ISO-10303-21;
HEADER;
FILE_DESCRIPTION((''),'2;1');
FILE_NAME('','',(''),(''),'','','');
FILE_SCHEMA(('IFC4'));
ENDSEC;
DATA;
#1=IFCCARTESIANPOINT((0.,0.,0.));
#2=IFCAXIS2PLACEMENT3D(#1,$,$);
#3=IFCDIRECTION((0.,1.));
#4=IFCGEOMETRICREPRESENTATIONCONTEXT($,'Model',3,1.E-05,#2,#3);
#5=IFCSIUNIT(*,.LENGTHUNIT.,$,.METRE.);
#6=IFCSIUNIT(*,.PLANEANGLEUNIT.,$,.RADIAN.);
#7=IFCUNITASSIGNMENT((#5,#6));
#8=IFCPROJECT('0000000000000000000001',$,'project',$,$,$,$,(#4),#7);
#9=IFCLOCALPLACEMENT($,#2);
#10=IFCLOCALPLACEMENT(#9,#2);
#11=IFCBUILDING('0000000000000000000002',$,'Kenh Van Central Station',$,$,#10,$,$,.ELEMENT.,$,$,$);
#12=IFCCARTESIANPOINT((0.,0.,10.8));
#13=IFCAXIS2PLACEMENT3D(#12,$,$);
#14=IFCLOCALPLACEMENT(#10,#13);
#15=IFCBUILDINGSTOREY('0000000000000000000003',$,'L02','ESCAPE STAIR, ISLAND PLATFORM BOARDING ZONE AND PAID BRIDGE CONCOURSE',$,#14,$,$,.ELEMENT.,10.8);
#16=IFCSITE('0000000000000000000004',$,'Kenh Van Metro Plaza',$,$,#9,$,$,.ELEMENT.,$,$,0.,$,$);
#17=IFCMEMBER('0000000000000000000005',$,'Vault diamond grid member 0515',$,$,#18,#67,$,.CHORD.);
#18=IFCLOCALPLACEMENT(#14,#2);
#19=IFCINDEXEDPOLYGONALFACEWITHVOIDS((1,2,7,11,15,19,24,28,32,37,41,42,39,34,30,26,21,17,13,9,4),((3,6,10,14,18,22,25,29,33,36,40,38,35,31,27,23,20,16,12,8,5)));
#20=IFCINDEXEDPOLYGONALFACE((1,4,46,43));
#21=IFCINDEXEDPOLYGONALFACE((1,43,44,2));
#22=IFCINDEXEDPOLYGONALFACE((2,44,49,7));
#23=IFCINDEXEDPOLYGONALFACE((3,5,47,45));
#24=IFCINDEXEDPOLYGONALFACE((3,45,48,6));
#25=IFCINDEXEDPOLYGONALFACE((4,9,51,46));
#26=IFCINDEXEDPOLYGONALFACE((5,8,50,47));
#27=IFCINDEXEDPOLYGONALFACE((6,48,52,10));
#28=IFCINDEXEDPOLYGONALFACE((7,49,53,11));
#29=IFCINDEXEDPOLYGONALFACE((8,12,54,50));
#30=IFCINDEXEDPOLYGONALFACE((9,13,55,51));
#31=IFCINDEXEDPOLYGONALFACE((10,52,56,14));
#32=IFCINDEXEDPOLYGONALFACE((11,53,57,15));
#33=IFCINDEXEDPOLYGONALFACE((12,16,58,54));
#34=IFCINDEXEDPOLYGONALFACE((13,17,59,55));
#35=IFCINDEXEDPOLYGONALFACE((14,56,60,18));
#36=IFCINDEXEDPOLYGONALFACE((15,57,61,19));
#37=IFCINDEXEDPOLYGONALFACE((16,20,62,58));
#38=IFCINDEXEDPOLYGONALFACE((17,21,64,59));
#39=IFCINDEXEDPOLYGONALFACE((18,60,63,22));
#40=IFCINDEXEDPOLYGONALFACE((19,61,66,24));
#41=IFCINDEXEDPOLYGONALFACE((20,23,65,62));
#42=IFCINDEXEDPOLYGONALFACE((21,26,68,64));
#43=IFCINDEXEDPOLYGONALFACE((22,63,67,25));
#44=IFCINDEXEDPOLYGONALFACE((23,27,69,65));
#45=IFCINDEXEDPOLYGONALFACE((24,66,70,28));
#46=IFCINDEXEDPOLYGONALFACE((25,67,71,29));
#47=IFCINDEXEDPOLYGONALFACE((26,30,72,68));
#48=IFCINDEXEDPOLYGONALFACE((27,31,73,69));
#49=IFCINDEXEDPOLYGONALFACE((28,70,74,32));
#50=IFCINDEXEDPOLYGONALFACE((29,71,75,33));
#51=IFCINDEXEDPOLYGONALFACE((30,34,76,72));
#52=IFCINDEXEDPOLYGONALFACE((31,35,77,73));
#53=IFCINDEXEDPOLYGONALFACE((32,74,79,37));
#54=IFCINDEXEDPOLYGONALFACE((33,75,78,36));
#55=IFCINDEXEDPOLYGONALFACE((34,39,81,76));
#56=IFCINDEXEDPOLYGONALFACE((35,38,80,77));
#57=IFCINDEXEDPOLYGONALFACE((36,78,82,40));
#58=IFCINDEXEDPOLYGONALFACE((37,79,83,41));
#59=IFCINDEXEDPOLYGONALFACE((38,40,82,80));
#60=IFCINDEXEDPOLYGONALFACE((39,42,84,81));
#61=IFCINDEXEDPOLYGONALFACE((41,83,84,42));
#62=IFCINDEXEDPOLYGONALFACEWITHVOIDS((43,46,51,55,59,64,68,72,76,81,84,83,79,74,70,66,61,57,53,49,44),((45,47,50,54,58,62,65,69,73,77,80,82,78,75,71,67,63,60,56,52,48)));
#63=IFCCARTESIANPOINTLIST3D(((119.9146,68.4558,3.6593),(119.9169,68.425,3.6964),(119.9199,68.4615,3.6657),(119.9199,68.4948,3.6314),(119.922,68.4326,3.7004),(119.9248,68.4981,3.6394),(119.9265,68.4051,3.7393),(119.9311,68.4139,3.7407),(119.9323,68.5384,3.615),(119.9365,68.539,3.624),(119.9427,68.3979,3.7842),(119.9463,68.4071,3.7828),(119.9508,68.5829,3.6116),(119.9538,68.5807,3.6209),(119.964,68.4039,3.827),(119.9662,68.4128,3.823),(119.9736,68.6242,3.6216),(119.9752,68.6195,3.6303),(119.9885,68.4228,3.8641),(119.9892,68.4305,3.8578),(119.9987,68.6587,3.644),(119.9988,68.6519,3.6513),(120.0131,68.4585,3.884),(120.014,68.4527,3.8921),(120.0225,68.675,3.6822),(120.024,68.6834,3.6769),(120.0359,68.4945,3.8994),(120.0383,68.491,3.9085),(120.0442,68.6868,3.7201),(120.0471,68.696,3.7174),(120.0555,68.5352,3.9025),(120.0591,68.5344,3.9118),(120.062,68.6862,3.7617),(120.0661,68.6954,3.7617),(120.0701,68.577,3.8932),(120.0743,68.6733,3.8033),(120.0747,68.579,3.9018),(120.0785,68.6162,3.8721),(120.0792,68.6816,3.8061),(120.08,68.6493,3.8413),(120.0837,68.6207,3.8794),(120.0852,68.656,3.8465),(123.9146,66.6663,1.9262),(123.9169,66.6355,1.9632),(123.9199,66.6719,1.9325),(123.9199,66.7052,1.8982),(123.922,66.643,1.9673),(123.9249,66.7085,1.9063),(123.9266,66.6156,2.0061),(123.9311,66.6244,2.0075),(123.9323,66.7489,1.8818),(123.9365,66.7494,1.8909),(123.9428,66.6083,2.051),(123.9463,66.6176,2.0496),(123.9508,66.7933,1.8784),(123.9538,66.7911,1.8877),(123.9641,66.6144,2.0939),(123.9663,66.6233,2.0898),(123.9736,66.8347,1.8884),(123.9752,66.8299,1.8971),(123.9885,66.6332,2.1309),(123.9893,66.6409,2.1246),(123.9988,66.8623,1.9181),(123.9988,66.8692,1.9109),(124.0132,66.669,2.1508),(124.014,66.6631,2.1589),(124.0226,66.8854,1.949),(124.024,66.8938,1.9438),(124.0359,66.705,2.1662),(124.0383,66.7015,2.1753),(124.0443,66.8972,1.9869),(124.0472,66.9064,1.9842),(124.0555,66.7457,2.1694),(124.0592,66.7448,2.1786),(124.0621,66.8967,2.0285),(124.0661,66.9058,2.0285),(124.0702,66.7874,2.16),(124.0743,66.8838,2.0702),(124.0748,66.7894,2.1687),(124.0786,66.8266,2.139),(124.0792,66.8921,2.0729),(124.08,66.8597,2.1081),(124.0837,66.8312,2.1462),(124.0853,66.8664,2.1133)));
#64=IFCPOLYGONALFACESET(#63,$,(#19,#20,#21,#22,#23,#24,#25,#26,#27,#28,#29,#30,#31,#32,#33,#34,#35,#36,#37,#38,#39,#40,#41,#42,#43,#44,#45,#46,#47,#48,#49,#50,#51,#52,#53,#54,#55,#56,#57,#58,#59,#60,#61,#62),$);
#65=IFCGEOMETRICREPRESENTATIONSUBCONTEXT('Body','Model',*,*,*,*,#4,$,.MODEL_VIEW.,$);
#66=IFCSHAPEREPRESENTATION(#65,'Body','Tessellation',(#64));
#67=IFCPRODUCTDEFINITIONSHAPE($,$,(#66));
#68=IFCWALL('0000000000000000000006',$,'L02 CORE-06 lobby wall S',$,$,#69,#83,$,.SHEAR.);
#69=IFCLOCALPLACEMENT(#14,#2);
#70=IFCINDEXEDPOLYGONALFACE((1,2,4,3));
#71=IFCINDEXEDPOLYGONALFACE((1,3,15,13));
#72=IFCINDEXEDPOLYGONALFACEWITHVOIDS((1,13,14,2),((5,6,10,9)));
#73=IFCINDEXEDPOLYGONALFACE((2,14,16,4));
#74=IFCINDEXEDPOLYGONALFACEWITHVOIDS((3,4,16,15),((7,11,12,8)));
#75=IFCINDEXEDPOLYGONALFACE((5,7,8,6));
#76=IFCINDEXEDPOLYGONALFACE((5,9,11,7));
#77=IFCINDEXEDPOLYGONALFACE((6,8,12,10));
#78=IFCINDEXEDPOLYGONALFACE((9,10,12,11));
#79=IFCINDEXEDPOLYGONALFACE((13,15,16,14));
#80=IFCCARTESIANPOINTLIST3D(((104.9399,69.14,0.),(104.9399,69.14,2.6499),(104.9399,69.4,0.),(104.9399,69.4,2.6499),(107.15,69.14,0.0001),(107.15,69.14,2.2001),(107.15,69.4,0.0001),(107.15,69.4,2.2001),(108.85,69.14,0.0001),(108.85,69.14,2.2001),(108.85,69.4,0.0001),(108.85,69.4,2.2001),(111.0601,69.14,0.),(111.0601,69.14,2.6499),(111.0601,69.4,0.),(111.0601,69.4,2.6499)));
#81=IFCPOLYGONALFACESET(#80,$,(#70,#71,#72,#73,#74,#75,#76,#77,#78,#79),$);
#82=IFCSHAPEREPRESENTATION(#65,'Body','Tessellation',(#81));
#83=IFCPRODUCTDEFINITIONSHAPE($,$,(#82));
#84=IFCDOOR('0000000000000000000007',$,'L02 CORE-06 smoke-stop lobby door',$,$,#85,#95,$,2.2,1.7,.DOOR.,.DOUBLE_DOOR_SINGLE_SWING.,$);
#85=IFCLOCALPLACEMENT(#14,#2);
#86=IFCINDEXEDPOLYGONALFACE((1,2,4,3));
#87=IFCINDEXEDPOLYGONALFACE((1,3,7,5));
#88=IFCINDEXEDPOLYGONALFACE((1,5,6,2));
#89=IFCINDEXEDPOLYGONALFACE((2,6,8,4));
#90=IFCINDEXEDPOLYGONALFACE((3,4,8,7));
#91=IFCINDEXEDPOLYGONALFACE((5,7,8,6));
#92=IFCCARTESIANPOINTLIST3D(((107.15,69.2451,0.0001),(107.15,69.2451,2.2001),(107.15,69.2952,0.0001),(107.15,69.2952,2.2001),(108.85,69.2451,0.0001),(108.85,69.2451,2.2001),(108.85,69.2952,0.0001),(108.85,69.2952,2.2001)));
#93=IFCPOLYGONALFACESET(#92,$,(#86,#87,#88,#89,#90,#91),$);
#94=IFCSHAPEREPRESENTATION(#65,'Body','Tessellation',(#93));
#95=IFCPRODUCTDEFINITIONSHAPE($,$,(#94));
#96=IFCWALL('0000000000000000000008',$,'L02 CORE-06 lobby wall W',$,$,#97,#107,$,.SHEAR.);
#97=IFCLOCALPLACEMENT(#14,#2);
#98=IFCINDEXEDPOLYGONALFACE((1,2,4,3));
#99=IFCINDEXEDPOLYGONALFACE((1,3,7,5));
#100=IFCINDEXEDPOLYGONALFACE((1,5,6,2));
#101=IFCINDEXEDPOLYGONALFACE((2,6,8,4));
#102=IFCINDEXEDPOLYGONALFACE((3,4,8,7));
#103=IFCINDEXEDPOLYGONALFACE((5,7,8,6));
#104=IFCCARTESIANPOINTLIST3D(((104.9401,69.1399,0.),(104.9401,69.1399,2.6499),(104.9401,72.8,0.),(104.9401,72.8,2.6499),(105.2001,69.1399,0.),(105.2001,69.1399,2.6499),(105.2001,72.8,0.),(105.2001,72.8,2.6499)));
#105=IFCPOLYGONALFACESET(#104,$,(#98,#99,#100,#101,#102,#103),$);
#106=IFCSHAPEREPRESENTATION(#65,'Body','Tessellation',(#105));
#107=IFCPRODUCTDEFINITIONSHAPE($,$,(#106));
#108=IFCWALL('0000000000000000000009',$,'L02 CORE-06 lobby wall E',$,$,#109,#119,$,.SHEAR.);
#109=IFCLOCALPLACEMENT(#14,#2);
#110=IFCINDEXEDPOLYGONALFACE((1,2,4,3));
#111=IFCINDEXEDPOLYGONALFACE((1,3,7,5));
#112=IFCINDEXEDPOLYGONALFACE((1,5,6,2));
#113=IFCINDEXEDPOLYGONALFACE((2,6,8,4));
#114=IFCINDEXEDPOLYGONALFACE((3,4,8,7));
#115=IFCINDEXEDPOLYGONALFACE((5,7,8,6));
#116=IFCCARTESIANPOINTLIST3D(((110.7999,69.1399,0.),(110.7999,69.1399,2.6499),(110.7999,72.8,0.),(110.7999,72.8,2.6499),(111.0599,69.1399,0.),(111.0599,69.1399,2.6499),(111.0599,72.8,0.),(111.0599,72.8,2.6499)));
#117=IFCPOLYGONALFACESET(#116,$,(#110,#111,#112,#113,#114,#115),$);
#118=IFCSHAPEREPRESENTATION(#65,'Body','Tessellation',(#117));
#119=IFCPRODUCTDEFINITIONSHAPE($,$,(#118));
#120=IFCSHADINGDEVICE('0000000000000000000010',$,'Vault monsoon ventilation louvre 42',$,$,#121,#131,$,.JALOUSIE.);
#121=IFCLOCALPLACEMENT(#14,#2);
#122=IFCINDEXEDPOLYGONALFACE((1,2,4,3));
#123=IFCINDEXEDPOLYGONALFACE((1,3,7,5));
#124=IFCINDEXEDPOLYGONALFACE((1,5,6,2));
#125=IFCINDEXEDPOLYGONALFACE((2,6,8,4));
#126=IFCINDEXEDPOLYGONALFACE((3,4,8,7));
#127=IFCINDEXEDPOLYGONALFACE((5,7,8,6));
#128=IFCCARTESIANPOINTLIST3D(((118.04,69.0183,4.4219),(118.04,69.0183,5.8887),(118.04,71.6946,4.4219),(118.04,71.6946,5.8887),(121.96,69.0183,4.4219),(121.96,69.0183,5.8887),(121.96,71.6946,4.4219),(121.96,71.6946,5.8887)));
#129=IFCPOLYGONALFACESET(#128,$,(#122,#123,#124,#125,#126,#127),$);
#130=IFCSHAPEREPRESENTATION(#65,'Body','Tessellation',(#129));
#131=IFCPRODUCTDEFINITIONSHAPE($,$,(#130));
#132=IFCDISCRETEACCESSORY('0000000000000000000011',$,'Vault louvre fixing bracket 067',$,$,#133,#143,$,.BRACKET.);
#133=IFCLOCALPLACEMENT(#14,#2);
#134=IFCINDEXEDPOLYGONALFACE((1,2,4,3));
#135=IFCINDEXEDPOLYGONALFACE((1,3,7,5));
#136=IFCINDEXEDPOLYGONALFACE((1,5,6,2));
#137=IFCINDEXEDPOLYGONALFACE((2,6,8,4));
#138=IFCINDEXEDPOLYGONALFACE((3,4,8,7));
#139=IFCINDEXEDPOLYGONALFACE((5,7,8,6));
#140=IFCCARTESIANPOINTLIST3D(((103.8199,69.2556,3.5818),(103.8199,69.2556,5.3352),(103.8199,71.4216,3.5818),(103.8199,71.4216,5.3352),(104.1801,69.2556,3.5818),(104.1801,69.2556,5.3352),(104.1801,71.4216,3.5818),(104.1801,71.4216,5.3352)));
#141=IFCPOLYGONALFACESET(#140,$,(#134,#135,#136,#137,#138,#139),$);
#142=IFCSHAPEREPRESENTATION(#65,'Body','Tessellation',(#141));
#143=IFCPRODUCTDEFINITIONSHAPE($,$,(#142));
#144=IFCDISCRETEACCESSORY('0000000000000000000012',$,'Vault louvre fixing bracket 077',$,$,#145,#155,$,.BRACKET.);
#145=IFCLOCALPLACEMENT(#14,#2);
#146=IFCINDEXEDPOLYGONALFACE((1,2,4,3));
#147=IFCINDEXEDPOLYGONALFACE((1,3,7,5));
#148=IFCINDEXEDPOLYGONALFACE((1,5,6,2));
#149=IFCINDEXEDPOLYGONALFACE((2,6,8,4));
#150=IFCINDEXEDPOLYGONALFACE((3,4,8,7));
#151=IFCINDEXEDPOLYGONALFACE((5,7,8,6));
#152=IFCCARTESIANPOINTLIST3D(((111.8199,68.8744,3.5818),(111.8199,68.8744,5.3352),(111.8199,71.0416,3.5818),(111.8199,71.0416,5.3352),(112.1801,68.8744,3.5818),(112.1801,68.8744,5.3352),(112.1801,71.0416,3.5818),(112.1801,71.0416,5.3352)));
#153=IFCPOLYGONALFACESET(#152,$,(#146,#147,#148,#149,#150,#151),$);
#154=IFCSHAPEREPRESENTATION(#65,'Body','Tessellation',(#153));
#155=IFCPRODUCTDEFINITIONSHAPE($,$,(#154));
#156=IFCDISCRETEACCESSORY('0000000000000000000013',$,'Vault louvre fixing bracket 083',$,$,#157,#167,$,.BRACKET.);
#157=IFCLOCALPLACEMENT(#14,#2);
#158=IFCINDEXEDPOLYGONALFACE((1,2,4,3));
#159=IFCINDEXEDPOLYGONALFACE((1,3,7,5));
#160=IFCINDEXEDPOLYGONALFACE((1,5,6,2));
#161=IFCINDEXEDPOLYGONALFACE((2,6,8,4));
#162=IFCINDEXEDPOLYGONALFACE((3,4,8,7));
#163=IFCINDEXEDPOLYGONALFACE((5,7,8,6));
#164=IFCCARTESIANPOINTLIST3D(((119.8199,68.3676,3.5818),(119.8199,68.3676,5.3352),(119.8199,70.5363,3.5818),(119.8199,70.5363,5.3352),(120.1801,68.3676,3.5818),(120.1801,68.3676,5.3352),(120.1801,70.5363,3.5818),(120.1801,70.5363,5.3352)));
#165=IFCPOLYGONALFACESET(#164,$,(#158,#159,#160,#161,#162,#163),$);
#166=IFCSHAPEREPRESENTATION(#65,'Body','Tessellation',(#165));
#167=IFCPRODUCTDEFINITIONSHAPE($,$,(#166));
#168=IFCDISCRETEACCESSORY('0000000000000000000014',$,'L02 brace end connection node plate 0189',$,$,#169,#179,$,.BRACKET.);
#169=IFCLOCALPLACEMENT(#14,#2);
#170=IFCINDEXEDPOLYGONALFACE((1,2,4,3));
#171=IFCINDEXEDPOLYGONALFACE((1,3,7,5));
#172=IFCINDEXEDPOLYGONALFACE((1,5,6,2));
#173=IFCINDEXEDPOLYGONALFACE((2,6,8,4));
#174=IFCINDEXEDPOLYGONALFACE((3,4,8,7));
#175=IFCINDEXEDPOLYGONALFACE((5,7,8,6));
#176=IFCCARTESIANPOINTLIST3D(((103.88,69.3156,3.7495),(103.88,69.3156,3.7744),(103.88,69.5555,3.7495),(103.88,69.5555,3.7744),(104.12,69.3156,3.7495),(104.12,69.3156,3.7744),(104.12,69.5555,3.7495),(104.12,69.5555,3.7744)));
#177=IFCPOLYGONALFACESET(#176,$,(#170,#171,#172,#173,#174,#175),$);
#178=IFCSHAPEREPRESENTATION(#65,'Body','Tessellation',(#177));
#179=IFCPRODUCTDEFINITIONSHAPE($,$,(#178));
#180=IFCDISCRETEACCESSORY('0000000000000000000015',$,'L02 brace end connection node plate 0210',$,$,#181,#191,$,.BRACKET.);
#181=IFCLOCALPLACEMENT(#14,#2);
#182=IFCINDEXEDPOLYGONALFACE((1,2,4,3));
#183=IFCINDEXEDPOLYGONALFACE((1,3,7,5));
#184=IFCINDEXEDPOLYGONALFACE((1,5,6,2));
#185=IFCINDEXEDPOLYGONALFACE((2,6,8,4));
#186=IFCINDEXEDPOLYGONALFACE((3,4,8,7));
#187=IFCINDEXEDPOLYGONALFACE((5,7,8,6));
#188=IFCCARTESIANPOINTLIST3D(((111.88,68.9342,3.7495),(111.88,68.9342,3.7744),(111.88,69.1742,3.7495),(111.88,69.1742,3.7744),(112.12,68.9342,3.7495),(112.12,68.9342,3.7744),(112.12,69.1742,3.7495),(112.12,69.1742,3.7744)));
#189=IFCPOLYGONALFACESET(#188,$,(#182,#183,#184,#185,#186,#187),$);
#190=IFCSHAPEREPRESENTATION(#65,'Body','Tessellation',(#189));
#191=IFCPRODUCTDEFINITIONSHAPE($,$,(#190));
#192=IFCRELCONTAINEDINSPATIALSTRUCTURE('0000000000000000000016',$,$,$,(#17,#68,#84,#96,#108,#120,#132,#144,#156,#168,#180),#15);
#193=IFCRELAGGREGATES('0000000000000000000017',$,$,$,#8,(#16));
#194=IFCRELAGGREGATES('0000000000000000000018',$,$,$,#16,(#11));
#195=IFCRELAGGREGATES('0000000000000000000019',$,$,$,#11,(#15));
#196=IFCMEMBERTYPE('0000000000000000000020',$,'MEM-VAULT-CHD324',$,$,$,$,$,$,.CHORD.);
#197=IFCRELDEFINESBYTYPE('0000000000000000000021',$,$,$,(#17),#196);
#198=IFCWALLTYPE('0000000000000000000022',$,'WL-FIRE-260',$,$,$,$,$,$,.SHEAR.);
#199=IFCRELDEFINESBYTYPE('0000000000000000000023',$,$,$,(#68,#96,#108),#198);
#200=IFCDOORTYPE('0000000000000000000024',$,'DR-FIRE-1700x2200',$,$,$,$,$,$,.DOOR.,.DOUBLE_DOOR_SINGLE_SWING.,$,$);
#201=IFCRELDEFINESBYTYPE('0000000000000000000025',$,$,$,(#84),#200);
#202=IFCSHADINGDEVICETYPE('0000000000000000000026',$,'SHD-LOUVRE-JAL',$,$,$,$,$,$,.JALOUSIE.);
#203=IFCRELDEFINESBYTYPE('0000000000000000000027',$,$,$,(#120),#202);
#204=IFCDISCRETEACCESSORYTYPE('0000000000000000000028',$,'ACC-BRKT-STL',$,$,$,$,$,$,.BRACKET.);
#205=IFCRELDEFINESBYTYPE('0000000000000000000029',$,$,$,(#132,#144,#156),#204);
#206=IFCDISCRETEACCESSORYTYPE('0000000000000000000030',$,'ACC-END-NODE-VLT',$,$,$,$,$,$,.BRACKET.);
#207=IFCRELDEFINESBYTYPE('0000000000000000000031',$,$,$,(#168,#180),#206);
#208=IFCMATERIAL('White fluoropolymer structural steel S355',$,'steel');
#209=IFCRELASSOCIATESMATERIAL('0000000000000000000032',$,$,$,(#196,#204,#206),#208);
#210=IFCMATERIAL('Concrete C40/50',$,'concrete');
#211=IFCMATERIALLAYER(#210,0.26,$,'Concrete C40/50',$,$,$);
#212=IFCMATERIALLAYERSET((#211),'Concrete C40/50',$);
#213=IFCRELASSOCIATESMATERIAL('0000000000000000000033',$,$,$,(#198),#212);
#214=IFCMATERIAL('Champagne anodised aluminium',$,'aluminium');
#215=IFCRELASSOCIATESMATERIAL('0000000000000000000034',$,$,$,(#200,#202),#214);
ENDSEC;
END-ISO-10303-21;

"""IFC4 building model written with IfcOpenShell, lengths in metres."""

from ifc_helpers import new_model, si_unit, direction, frame, frame_2d, origin, origin_2d, place, context, subcontext, project, spatial, rectangle, hollow_circle, extrude, material, layer, layer_set, material_profile, profile_set, type_object, element, fill, save


model = new_model("IFC4")

# Units and contexts
model_context = context("Model", 3, precision=1e-05, world=origin(), true_north=direction((0.0, 1.0)))
body_context = subcontext(model_context, "Body", "Model", "MODEL_VIEW")
ifc_project = project(units=[si_unit("LENGTHUNIT", "METRE"), si_unit("PLANEANGLEUNIT", "RADIAN")], contexts=[model_context])

# Site, building, storey
site_placement = place(None, origin())
site = spatial("IfcSite", under=ifc_project, at=site_placement, Name="Kenh Van Metro Plaza", CompositionType="ELEMENT", RefElevation=0.0)
building_placement = place(site_placement, origin())
building = spatial("IfcBuilding", under=site, at=building_placement, Name="Kenh Van Central Station", CompositionType="ELEMENT")
storey_placement = place(building_placement, frame((0.0, 0.0, 10.8)))
storey = spatial("IfcBuildingStorey", under=building, at=storey_placement, Name="L02", Description="ESCAPE STAIR, ISLAND PLATFORM BOARDING ZONE AND PAID BRIDGE CONCOURSE", CompositionType="ELEMENT", Elevation=10.8)

# Shared definitions
ifc_material_1 = material(Name="White fluoropolymer structural steel S355", Category="steel")

# Member
ifc_material_profile_1 = material_profile(ifc_material_1, hollow_circle(Radius=0.1619, WallThickness=0.01, at=origin_2d()), Name="CHS 323.9x10")
ifc_profile_set_1 = profile_set([ifc_material_profile_1], Name="White fluoropolymer structural steel S355")
member_type_1 = type_object("IfcMemberType", Name="MEM-VAULT-CHD324", PredefinedType="CHORD", material=ifc_profile_set_1)
member_1_placement = place(storey_placement, frame((120.0, 68.5476, 3.7617), z_axis=(0.848832, -0.379757, -0.367789), x_axis=(0.408381, 0.912812, 0.0)))
element("IfcMember", 1, at=member_1_placement, inside=storey, type_object=member_type_1, Name="Vault diamond grid member 0515", PredefinedType="CHORD", context=body_context, shape_type="SweptSolid", body=[
    extrude(hollow_circle(Radius=0.1619, WallThickness=0.01, at=origin_2d()), origin(), (0.0, 0.0, 1.0), 4.7124),
])

# Wall, opening, door
ifc_material_2 = material(Name="Concrete C40/50", Category="concrete")
ifc_layer_1 = layer(ifc_material_2, 0.26, Name="Concrete C40/50")
ifc_layer_set_1 = layer_set([ifc_layer_1], Name="Concrete C40/50")
wall_type = type_object("IfcWallType", Name="WL-FIRE-260", PredefinedType="SHEAR", material=ifc_layer_set_1)
wall_placement = place(storey_placement, frame((111.0601, 69.27, 0.0), z_axis=(0.0, 0.0, 1.0), x_axis=(-1.0, 0.0, 0.0)))
wall = element("IfcWall", 2, at=wall_placement, inside=storey, type_object=wall_type, Name="L02 CORE-06 lobby wall S", PredefinedType="SHEAR", context=body_context, shape_type="SweptSolid", body=[
    extrude(rectangle(XDim=6.1201, YDim=0.26, at=frame_2d((3.0601, 0.0))), origin(), (0.0, 0.0, 1.0), 2.6499),
])
opening_placement = place(wall_placement, frame((2.21, 0.0, 0.0)))
opening = element("IfcOpeningElement", 3, at=opening_placement, cuts=wall, PredefinedType="OPENING", context=body_context, shape_type="SweptSolid", body=[
    extrude(rectangle(XDim=1.7, YDim=2.2, at=frame_2d((0.8501, 1.1001))), frame((0.0, 0.1399, 0.0), z_axis=(0.0, -1.0, 0.0), x_axis=(1.0, 0.0, 0.0)), (0.0, 0.0, 1.0), 0.28),
])
ifc_material_3 = material(Name="Champagne anodised aluminium", Category="aluminium")
door_type = type_object("IfcDoorType", Name="DR-FIRE-1700x2200", OperationType="DOUBLE_DOOR_SINGLE_SWING", PredefinedType="DOOR", material=ifc_material_3)
door_placement = place(opening_placement, origin())
door = element("IfcDoor", 4, at=door_placement, inside=storey, type_object=door_type, Name="L02 CORE-06 smoke-stop lobby door", OperationType="DOUBLE_DOOR_SINGLE_SWING", OverallHeight=2.2, OverallWidth=1.7, PredefinedType="DOOR", context=body_context, shape_type="SweptSolid", body=[
    extrude(rectangle(XDim=1.7, YDim=2.2, at=frame_2d((0.8501, 1.1001))), frame((0.0, 0.0249, 0.0), z_axis=(0.0, -1.0, 0.0), x_axis=(1.0, 0.0, 0.0)), (0.0, 0.0, 1.0), 0.05),
])
fill(opening, door)

# Walls
for number, where, z_axis, x_axis, name in (
    (5, (105.0701, 69.1399, 0.0), (0.0, 0.0, 1.0), (0.0, 1.0, 0.0), "L02 CORE-06 lobby wall W"),
    (6, (110.9299, 69.1399, 0.0), (0.0, 0.0, 1.0), (0.0, 1.0, 0.0), "L02 CORE-06 lobby wall E"),
):
    element("IfcWall", number, at=place(storey_placement, frame(where, z_axis=z_axis, x_axis=x_axis)), inside=storey, type_object=wall_type, Name=name, PredefinedType="SHEAR", context=body_context, shape_type="SweptSolid", body=[
        extrude(rectangle(XDim=3.6602, YDim=0.26, at=frame_2d((1.8301, 0.0))), origin(), (0.0, 0.0, 1.0), 2.6499),
    ])

# Shading device
shading_device_type = type_object("IfcShadingDeviceType", Name="SHD-LOUVRE-JAL", PredefinedType="JALOUSIE", material=ifc_material_3)
shading_device_placement = place(storey_placement, frame((120.0, 70.3564, 4.4219), z_axis=(0.0, 0.0, 1.0), x_axis=(1.0, 0.0, 0.0)))
element("IfcShadingDevice", 7, at=shading_device_placement, inside=storey, type_object=shading_device_type, Name="Vault monsoon ventilation louvre 42", PredefinedType="JALOUSIE", context=body_context, shape_type="SweptSolid", body=[
    extrude(rectangle(XDim=3.9199, YDim=2.6763, at=origin_2d()), origin(), (0.0, 0.0, 1.0), 1.4668),
])

# Discrete accessories
discrete_accessory_type_1 = type_object("IfcDiscreteAccessoryType", Name="ACC-BRKT-STL", PredefinedType="BRACKET", material=ifc_material_1)
discrete_accessory_1_placement = place(storey_placement, frame((104.0, 70.3386, 3.5818), z_axis=(0.0, 0.0, 1.0), x_axis=(1.0, 0.0, 0.0)))
element("IfcDiscreteAccessory", 8, at=discrete_accessory_1_placement, inside=storey, type_object=discrete_accessory_type_1, Name="Vault louvre fixing bracket 067", PredefinedType="BRACKET", context=body_context, shape_type="SweptSolid", body=[
    extrude(rectangle(XDim=0.3601, YDim=2.166, at=origin_2d()), origin(), (0.0, 0.0, 1.0), 1.7534),
])
discrete_accessory_2_placement = place(storey_placement, frame((112.0, 69.958, 3.5818), z_axis=(0.0, 0.0, 1.0), x_axis=(1.0, 0.0, 0.0)))
element("IfcDiscreteAccessory", 9, at=discrete_accessory_2_placement, inside=storey, type_object=discrete_accessory_type_1, Name="Vault louvre fixing bracket 077", PredefinedType="BRACKET", context=body_context, shape_type="SweptSolid", body=[
    extrude(rectangle(XDim=0.3601, YDim=2.1672, at=origin_2d()), origin(), (0.0, 0.0, 1.0), 1.7534),
])
discrete_accessory_3_placement = place(storey_placement, frame((120.0, 69.4519, 3.5818), z_axis=(0.0, 0.0, 1.0), x_axis=(1.0, 0.0, 0.0)))
element("IfcDiscreteAccessory", 10, at=discrete_accessory_3_placement, inside=storey, type_object=discrete_accessory_type_1, Name="Vault louvre fixing bracket 083", PredefinedType="BRACKET", context=body_context, shape_type="SweptSolid", body=[
    extrude(rectangle(XDim=0.3601, YDim=2.1687, at=origin_2d()), origin(), (0.0, 0.0, 1.0), 1.7534),
])
discrete_accessory_type_2 = type_object("IfcDiscreteAccessoryType", Name="ACC-END-NODE-VLT", PredefinedType="BRACKET", material=ifc_material_1)
for number, where, z_axis, x_axis, name in (
    (11, (104.0, 69.4355, 3.7495), (0.0, 0.0, 1.0), (1.0, 0.0, 0.0), "L02 brace end connection node plate 0189"),
    (12, (112.0, 69.0542, 3.7495), (0.0, 0.0, 1.0), (1.0, 0.0, 0.0), "L02 brace end connection node plate 0210"),
):
    element("IfcDiscreteAccessory", number, at=place(storey_placement, frame(where, z_axis=z_axis, x_axis=x_axis)), inside=storey, type_object=discrete_accessory_type_2, Name=name, PredefinedType="BRACKET", context=body_context, shape_type="SweptSolid", body=[
        extrude(rectangle(XDim=0.24, YDim=0.24, at=origin_2d()), origin(), (0.0, 0.0, 1.0), 0.0249),
    ])

save(model, "model.ifc")
